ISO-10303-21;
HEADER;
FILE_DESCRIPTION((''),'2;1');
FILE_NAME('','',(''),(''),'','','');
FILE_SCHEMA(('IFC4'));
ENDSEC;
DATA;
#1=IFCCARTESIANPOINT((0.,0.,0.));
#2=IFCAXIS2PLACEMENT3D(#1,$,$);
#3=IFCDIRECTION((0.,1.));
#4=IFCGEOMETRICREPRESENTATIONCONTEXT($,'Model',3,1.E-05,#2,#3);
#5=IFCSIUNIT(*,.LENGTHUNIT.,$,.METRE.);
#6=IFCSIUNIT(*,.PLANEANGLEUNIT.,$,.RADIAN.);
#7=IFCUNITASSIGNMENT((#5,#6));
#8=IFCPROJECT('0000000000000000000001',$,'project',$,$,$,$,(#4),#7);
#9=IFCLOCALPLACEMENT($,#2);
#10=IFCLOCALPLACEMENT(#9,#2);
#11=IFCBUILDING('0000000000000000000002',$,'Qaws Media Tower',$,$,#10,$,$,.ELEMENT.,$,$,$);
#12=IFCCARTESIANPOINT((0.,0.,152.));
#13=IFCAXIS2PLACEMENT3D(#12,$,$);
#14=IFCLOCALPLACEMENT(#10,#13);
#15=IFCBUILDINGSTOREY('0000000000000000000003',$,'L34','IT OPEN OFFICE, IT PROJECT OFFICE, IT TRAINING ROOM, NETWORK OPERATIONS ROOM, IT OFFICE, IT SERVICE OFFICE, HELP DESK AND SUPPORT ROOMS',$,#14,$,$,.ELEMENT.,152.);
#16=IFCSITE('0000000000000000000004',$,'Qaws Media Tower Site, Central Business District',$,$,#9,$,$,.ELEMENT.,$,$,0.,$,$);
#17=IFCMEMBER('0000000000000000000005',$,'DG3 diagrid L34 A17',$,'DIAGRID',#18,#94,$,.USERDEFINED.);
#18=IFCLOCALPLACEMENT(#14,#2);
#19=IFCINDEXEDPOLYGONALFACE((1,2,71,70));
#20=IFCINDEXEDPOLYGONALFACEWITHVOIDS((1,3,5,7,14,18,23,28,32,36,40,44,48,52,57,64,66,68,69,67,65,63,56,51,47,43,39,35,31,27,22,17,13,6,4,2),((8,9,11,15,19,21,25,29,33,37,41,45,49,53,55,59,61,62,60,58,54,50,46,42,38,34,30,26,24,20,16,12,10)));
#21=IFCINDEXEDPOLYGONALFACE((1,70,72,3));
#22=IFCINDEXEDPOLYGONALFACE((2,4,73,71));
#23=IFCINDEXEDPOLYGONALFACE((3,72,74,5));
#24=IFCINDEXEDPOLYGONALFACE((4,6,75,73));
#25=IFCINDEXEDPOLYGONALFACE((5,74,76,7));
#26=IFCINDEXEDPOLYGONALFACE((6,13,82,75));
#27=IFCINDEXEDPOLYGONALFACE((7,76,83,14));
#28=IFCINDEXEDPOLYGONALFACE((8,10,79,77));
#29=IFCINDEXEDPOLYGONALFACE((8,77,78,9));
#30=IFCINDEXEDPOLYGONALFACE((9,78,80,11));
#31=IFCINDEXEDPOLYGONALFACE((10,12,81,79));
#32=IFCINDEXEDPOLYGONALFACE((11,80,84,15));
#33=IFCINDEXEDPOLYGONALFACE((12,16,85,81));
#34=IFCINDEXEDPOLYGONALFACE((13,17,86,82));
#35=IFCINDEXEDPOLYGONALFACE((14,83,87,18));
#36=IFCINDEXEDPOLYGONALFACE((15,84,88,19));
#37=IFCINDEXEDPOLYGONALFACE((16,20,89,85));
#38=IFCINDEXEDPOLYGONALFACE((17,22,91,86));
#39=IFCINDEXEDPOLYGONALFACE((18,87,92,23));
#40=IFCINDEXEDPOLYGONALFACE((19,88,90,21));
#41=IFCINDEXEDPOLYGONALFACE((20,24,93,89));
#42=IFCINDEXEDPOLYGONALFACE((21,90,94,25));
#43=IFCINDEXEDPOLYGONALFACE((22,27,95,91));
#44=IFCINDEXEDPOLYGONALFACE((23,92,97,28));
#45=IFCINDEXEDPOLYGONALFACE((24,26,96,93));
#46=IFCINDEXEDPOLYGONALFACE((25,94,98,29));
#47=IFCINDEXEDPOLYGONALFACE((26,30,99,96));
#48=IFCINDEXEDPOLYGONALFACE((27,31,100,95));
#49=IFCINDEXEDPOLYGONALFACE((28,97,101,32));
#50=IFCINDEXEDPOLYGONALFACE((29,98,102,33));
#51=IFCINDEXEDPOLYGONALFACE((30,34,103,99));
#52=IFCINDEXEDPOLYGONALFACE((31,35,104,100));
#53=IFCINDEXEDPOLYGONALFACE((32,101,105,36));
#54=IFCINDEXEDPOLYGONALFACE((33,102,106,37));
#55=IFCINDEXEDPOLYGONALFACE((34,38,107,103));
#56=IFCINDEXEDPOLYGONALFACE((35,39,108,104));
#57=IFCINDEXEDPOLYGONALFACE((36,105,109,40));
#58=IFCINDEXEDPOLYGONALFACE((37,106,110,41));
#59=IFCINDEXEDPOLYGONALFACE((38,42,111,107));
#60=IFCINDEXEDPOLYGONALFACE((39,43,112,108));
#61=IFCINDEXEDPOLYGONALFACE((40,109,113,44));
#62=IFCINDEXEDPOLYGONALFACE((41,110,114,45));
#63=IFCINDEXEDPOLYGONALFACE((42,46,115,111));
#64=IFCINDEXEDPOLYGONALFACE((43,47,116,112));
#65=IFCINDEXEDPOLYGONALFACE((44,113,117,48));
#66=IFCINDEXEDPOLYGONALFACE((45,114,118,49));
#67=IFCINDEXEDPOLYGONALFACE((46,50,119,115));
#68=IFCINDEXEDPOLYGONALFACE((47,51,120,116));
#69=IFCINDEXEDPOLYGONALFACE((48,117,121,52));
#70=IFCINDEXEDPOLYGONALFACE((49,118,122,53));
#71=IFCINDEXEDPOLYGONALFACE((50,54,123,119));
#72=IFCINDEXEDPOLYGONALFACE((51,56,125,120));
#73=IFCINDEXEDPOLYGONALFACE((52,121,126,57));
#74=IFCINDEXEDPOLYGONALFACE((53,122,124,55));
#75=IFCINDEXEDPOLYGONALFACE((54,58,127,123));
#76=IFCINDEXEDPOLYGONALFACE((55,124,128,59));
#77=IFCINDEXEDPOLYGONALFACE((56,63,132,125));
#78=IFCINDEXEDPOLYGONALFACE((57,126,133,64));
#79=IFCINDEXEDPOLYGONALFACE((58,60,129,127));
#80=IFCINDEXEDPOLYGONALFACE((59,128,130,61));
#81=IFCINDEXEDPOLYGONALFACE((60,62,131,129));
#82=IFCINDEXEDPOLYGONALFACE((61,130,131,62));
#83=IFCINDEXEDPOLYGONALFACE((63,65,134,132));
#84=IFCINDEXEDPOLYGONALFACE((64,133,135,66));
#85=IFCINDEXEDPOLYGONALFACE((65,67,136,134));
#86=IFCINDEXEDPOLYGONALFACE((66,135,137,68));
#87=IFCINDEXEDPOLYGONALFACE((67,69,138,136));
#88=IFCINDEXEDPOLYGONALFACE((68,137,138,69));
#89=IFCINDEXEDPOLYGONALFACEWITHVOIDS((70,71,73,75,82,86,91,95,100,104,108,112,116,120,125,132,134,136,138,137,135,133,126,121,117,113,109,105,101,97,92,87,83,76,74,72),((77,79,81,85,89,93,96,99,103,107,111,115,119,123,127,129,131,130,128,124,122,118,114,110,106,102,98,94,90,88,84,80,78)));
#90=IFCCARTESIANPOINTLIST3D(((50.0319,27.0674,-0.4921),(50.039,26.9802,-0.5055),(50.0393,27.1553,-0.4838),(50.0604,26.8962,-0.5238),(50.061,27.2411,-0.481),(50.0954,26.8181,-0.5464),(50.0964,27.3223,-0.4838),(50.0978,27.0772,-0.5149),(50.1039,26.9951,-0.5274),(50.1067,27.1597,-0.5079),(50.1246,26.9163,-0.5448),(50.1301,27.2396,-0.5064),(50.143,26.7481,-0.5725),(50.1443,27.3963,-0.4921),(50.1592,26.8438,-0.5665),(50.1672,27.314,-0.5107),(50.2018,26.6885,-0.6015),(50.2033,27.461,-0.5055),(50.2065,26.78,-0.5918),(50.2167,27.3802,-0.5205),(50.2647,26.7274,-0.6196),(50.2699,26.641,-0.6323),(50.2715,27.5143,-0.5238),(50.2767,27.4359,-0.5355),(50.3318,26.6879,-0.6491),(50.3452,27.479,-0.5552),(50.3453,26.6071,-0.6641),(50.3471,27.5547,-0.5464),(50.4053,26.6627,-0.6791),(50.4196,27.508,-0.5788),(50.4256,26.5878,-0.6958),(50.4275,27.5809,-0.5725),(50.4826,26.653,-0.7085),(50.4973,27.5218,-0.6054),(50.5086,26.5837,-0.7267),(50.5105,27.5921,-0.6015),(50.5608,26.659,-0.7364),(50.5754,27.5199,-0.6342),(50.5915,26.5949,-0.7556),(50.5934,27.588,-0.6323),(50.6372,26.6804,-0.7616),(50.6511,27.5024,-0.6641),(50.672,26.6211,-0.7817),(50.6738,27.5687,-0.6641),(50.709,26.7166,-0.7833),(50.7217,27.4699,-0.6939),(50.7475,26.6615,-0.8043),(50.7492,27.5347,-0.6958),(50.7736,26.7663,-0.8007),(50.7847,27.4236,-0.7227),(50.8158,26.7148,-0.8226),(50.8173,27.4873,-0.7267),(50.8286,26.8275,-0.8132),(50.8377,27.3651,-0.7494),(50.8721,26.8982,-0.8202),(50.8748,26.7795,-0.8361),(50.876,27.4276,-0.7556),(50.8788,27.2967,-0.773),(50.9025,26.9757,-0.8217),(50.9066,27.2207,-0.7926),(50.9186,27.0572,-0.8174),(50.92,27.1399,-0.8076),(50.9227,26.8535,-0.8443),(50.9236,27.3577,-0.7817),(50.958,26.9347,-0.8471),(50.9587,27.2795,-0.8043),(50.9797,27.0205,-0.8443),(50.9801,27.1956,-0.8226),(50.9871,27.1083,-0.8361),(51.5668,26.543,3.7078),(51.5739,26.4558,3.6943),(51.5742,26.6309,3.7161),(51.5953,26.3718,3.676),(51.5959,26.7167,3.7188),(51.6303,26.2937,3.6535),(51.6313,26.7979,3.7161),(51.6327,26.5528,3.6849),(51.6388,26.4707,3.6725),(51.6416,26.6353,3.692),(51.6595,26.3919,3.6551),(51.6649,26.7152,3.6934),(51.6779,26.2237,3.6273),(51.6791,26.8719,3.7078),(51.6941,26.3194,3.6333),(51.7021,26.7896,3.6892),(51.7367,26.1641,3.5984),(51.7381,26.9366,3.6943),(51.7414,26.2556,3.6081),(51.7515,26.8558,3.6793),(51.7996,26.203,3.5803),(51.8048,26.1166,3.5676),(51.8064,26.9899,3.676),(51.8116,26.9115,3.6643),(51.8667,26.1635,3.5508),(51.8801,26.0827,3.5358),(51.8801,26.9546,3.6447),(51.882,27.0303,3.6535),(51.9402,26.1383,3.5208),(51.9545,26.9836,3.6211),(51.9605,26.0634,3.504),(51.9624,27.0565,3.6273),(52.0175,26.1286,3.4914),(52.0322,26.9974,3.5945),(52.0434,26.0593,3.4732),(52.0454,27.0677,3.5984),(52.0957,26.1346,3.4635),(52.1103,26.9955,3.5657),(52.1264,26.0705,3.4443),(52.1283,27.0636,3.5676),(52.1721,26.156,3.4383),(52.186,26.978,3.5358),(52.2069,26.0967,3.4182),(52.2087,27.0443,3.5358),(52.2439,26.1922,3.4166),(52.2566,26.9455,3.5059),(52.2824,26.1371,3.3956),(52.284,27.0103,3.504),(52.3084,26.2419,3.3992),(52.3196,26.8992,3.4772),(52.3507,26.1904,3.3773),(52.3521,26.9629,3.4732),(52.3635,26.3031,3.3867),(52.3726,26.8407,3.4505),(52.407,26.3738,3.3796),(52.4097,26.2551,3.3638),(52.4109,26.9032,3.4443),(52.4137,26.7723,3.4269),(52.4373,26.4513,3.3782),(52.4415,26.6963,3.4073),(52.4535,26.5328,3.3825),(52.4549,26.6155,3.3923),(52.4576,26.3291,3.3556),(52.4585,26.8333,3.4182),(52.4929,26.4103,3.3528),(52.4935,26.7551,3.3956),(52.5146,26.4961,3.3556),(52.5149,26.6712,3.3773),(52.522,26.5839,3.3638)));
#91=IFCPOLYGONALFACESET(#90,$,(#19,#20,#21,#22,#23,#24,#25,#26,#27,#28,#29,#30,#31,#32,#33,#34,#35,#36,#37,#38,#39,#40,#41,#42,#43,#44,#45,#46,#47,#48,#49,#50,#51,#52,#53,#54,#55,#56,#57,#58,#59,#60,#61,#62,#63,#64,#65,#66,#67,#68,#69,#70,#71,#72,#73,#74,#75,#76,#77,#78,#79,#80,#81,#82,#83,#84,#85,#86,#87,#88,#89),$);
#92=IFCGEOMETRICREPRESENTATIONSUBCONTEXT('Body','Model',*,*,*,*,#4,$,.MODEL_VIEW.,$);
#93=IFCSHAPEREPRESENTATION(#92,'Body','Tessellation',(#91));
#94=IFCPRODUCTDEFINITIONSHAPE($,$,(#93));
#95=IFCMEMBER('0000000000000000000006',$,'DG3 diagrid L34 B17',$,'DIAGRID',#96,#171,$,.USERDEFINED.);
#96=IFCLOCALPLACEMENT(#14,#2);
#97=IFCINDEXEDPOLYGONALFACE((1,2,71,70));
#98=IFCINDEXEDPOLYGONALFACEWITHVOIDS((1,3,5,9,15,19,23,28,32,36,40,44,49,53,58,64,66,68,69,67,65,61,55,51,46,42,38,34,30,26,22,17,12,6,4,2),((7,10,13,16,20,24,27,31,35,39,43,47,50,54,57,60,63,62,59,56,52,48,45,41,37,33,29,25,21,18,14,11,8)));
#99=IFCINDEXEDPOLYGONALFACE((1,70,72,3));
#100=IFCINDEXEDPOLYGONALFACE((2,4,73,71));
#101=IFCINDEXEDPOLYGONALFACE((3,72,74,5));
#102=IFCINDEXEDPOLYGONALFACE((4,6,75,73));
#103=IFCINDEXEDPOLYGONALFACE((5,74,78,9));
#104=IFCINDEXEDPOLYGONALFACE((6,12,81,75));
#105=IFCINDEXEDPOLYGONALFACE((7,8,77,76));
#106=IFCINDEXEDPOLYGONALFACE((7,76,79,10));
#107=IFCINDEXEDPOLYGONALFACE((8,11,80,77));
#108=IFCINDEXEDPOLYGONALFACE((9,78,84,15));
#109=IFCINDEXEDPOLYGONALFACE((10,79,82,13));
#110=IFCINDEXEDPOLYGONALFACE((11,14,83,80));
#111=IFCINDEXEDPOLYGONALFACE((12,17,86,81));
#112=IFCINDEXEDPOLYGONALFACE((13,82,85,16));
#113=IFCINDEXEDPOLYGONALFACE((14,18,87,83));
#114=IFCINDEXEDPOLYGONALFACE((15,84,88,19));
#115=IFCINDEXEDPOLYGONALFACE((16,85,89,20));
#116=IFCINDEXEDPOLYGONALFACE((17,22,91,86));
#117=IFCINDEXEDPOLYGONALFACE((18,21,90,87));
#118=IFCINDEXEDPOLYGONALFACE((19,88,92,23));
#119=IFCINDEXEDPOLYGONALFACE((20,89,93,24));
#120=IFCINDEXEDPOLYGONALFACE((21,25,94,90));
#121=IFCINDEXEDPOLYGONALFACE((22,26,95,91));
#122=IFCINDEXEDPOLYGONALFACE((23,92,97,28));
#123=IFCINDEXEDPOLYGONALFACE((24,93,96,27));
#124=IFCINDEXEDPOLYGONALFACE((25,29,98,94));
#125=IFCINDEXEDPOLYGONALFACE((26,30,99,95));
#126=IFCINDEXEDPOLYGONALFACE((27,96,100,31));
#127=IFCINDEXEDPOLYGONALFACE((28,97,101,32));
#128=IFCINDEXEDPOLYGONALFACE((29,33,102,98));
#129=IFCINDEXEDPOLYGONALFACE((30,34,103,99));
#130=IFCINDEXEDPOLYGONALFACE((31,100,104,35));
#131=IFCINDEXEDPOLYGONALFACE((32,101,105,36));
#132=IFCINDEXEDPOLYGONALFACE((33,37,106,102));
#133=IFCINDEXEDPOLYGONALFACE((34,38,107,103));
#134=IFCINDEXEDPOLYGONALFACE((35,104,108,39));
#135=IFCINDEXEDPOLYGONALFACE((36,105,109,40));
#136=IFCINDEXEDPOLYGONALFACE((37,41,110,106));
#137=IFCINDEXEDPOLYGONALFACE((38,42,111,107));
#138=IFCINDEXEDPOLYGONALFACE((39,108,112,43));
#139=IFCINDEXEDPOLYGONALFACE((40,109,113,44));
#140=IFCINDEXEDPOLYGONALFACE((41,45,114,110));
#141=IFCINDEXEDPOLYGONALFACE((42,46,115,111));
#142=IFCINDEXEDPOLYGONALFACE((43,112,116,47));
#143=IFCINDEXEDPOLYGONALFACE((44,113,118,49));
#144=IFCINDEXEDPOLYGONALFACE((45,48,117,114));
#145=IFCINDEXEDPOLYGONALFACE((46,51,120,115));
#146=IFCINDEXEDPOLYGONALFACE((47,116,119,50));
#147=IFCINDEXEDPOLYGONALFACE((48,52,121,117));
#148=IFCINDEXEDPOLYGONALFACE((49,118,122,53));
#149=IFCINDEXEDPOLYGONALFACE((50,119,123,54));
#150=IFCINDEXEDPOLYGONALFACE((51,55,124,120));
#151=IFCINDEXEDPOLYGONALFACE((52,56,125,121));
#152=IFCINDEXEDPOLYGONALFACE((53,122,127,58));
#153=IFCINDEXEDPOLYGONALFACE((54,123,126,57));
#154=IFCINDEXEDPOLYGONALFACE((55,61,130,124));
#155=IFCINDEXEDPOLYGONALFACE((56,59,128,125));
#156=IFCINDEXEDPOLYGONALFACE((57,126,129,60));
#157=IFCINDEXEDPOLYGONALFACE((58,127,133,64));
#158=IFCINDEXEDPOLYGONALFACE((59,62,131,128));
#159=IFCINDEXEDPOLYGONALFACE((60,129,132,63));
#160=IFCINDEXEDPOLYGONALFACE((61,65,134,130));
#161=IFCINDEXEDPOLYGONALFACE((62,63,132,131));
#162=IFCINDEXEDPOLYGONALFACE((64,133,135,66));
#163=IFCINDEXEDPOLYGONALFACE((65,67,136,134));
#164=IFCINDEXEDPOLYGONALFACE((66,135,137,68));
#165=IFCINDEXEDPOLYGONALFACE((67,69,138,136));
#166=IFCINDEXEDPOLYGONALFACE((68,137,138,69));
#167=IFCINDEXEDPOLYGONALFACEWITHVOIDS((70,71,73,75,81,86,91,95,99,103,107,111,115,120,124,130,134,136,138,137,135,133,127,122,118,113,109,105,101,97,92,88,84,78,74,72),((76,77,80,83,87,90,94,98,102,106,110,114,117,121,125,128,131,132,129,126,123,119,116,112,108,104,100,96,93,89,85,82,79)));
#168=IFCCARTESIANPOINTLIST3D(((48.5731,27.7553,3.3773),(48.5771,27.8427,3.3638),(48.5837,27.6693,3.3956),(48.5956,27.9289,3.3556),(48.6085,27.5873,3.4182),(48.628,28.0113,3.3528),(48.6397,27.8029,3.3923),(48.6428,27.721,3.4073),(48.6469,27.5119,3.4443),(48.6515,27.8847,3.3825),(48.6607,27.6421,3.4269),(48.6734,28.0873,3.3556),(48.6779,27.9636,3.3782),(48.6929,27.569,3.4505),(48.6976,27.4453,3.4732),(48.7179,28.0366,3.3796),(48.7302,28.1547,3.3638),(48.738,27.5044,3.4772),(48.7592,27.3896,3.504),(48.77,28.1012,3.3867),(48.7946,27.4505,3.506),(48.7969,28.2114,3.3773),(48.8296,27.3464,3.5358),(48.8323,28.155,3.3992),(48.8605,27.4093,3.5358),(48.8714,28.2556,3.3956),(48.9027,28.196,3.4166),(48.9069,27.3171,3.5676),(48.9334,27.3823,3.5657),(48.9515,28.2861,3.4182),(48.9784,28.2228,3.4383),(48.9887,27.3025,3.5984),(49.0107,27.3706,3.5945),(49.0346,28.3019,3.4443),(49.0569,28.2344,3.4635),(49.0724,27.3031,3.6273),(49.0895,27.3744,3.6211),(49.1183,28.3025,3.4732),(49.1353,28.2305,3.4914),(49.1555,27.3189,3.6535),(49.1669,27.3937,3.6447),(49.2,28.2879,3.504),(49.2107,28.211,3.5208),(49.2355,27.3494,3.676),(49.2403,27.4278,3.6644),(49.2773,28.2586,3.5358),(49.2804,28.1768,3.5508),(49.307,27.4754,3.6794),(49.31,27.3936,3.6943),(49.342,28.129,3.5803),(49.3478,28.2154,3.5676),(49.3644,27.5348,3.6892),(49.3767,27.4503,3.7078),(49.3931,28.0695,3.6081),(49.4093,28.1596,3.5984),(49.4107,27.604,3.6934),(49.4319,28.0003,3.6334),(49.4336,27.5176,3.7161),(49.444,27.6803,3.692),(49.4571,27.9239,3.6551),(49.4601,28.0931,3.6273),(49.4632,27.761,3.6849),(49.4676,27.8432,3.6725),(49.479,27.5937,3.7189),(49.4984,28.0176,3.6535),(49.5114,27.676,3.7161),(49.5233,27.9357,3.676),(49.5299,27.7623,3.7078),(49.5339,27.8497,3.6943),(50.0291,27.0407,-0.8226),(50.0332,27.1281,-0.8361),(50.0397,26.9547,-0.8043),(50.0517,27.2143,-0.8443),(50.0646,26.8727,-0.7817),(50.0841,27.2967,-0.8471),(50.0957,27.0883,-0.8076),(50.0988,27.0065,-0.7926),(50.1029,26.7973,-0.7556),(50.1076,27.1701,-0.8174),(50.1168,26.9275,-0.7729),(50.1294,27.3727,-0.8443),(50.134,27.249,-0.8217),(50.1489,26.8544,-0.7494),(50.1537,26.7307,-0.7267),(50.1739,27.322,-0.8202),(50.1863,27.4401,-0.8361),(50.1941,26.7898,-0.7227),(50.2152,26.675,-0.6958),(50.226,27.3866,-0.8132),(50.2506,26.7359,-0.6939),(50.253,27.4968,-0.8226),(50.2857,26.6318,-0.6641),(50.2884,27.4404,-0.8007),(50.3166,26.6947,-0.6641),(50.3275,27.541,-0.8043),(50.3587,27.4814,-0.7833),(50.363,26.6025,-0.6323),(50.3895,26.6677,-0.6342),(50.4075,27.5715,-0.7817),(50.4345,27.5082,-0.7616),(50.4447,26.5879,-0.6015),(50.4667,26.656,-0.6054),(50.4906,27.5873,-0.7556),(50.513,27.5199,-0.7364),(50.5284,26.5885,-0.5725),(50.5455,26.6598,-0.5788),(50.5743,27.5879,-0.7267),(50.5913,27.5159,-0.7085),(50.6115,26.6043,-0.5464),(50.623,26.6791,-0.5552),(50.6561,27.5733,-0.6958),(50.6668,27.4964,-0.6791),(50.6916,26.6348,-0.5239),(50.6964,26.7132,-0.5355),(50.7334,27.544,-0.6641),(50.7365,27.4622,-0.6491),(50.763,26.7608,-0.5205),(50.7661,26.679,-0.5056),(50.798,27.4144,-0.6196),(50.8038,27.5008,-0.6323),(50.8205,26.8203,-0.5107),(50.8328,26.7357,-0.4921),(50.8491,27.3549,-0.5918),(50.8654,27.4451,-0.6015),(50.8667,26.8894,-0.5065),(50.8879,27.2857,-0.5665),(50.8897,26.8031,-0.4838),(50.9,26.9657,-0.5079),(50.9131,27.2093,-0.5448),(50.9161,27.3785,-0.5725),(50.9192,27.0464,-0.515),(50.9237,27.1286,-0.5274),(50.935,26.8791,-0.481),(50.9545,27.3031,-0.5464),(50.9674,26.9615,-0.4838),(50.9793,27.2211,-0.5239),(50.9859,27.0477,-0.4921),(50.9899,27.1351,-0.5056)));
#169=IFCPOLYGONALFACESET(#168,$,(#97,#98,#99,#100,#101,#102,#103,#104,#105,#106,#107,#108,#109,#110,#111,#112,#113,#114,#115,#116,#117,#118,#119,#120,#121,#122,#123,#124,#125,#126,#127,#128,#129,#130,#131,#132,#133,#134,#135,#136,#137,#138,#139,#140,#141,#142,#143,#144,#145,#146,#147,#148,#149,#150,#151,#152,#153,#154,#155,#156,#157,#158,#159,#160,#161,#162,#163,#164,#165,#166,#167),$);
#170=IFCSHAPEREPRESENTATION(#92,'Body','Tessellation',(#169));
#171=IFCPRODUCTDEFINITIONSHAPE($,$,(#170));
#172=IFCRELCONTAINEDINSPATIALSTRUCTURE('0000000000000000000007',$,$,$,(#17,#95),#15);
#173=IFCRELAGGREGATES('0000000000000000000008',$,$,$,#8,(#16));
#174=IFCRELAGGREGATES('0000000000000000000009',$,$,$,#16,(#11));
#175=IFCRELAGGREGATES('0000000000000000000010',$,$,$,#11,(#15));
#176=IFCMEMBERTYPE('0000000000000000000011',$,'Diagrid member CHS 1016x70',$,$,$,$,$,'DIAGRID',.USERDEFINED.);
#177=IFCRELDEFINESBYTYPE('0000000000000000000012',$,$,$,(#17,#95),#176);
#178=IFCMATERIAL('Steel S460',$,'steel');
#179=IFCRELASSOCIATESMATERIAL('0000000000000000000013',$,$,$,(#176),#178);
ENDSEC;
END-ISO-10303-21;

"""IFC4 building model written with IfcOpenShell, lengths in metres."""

from ifc_helpers import new_model, si_unit, direction, frame, origin, origin_2d, place, context, subcontext, project, spatial, hollow_circle, extrude, material, material_profile, profile_set, type_object, element, save


model = new_model("IFC4")

# Units and contexts
model_context = context("Model", 3, precision=1e-05, world=origin(), true_north=direction((0.0, 1.0)))
body_context = subcontext(model_context, "Body", "Model", "MODEL_VIEW")
ifc_project = project(units=[si_unit("LENGTHUNIT", "METRE"), si_unit("PLANEANGLEUNIT", "RADIAN")], contexts=[model_context])

# Site, building, storey
site_placement = place(None, origin())
site = spatial("IfcSite", under=ifc_project, at=site_placement, Name="Qaws Media Tower Site, Central Business District", CompositionType="ELEMENT", RefElevation=0.0)
building_placement = place(site_placement, origin())
building = spatial("IfcBuilding", under=site, at=building_placement, Name="Qaws Media Tower", CompositionType="ELEMENT")
storey_placement = place(building_placement, frame((0.0, 0.0, 152.0)))
storey = spatial("IfcBuildingStorey", under=building, at=storey_placement, Name="L34", Description="IT OPEN OFFICE, IT PROJECT OFFICE, IT TRAINING ROOM, NETWORK OPERATIONS ROOM, IT OFFICE, IT SERVICE OFFICE, HELP DESK AND SUPPORT ROOMS", CompositionType="ELEMENT", Elevation=152.0)

# Members
ifc_material_1 = material(Name="Steel S460", Category="steel")
ifc_material_profile_1 = material_profile(ifc_material_1, hollow_circle(Radius=0.5081, WallThickness=0.0701, at=origin_2d()), Name="CHS 1016x70")
ifc_profile_set_1 = profile_set([ifc_material_profile_1], Name="Steel S460")
member_type_1 = type_object("IfcMemberType", Name="Diagrid member CHS 1016x70", ElementType="DIAGRID", PredefinedType="USERDEFINED", material=ifc_profile_set_1)
for number, where, z_axis, x_axis, name in (
    (1, (50.5095, 27.0879, -0.6641), (0.340919, -0.116477, 0.932849), (0.323308, 0.946294, 0.0), "DG3 diagrid L34 A17"),
    (2, (50.5095, 27.0879, -0.6641), (-0.323405, 0.15872, 0.932854), (-0.440578, -0.897714, 0.0), "DG3 diagrid L34 B17"),
):
    element("IfcMember", number, at=place(storey_placement, frame(where, z_axis=z_axis, x_axis=x_axis)), inside=storey, type_object=member_type_1, Name=name, ObjectType="DIAGRID", PredefinedType="USERDEFINED", context=body_context, shape_type="SweptSolid", body=[
        extrude(hollow_circle(Radius=0.5081, WallThickness=0.0701, at=origin_2d()), origin(), (0.0, 0.0, 1.0), 4.5022),
    ])

save(model, "model.ifc")
